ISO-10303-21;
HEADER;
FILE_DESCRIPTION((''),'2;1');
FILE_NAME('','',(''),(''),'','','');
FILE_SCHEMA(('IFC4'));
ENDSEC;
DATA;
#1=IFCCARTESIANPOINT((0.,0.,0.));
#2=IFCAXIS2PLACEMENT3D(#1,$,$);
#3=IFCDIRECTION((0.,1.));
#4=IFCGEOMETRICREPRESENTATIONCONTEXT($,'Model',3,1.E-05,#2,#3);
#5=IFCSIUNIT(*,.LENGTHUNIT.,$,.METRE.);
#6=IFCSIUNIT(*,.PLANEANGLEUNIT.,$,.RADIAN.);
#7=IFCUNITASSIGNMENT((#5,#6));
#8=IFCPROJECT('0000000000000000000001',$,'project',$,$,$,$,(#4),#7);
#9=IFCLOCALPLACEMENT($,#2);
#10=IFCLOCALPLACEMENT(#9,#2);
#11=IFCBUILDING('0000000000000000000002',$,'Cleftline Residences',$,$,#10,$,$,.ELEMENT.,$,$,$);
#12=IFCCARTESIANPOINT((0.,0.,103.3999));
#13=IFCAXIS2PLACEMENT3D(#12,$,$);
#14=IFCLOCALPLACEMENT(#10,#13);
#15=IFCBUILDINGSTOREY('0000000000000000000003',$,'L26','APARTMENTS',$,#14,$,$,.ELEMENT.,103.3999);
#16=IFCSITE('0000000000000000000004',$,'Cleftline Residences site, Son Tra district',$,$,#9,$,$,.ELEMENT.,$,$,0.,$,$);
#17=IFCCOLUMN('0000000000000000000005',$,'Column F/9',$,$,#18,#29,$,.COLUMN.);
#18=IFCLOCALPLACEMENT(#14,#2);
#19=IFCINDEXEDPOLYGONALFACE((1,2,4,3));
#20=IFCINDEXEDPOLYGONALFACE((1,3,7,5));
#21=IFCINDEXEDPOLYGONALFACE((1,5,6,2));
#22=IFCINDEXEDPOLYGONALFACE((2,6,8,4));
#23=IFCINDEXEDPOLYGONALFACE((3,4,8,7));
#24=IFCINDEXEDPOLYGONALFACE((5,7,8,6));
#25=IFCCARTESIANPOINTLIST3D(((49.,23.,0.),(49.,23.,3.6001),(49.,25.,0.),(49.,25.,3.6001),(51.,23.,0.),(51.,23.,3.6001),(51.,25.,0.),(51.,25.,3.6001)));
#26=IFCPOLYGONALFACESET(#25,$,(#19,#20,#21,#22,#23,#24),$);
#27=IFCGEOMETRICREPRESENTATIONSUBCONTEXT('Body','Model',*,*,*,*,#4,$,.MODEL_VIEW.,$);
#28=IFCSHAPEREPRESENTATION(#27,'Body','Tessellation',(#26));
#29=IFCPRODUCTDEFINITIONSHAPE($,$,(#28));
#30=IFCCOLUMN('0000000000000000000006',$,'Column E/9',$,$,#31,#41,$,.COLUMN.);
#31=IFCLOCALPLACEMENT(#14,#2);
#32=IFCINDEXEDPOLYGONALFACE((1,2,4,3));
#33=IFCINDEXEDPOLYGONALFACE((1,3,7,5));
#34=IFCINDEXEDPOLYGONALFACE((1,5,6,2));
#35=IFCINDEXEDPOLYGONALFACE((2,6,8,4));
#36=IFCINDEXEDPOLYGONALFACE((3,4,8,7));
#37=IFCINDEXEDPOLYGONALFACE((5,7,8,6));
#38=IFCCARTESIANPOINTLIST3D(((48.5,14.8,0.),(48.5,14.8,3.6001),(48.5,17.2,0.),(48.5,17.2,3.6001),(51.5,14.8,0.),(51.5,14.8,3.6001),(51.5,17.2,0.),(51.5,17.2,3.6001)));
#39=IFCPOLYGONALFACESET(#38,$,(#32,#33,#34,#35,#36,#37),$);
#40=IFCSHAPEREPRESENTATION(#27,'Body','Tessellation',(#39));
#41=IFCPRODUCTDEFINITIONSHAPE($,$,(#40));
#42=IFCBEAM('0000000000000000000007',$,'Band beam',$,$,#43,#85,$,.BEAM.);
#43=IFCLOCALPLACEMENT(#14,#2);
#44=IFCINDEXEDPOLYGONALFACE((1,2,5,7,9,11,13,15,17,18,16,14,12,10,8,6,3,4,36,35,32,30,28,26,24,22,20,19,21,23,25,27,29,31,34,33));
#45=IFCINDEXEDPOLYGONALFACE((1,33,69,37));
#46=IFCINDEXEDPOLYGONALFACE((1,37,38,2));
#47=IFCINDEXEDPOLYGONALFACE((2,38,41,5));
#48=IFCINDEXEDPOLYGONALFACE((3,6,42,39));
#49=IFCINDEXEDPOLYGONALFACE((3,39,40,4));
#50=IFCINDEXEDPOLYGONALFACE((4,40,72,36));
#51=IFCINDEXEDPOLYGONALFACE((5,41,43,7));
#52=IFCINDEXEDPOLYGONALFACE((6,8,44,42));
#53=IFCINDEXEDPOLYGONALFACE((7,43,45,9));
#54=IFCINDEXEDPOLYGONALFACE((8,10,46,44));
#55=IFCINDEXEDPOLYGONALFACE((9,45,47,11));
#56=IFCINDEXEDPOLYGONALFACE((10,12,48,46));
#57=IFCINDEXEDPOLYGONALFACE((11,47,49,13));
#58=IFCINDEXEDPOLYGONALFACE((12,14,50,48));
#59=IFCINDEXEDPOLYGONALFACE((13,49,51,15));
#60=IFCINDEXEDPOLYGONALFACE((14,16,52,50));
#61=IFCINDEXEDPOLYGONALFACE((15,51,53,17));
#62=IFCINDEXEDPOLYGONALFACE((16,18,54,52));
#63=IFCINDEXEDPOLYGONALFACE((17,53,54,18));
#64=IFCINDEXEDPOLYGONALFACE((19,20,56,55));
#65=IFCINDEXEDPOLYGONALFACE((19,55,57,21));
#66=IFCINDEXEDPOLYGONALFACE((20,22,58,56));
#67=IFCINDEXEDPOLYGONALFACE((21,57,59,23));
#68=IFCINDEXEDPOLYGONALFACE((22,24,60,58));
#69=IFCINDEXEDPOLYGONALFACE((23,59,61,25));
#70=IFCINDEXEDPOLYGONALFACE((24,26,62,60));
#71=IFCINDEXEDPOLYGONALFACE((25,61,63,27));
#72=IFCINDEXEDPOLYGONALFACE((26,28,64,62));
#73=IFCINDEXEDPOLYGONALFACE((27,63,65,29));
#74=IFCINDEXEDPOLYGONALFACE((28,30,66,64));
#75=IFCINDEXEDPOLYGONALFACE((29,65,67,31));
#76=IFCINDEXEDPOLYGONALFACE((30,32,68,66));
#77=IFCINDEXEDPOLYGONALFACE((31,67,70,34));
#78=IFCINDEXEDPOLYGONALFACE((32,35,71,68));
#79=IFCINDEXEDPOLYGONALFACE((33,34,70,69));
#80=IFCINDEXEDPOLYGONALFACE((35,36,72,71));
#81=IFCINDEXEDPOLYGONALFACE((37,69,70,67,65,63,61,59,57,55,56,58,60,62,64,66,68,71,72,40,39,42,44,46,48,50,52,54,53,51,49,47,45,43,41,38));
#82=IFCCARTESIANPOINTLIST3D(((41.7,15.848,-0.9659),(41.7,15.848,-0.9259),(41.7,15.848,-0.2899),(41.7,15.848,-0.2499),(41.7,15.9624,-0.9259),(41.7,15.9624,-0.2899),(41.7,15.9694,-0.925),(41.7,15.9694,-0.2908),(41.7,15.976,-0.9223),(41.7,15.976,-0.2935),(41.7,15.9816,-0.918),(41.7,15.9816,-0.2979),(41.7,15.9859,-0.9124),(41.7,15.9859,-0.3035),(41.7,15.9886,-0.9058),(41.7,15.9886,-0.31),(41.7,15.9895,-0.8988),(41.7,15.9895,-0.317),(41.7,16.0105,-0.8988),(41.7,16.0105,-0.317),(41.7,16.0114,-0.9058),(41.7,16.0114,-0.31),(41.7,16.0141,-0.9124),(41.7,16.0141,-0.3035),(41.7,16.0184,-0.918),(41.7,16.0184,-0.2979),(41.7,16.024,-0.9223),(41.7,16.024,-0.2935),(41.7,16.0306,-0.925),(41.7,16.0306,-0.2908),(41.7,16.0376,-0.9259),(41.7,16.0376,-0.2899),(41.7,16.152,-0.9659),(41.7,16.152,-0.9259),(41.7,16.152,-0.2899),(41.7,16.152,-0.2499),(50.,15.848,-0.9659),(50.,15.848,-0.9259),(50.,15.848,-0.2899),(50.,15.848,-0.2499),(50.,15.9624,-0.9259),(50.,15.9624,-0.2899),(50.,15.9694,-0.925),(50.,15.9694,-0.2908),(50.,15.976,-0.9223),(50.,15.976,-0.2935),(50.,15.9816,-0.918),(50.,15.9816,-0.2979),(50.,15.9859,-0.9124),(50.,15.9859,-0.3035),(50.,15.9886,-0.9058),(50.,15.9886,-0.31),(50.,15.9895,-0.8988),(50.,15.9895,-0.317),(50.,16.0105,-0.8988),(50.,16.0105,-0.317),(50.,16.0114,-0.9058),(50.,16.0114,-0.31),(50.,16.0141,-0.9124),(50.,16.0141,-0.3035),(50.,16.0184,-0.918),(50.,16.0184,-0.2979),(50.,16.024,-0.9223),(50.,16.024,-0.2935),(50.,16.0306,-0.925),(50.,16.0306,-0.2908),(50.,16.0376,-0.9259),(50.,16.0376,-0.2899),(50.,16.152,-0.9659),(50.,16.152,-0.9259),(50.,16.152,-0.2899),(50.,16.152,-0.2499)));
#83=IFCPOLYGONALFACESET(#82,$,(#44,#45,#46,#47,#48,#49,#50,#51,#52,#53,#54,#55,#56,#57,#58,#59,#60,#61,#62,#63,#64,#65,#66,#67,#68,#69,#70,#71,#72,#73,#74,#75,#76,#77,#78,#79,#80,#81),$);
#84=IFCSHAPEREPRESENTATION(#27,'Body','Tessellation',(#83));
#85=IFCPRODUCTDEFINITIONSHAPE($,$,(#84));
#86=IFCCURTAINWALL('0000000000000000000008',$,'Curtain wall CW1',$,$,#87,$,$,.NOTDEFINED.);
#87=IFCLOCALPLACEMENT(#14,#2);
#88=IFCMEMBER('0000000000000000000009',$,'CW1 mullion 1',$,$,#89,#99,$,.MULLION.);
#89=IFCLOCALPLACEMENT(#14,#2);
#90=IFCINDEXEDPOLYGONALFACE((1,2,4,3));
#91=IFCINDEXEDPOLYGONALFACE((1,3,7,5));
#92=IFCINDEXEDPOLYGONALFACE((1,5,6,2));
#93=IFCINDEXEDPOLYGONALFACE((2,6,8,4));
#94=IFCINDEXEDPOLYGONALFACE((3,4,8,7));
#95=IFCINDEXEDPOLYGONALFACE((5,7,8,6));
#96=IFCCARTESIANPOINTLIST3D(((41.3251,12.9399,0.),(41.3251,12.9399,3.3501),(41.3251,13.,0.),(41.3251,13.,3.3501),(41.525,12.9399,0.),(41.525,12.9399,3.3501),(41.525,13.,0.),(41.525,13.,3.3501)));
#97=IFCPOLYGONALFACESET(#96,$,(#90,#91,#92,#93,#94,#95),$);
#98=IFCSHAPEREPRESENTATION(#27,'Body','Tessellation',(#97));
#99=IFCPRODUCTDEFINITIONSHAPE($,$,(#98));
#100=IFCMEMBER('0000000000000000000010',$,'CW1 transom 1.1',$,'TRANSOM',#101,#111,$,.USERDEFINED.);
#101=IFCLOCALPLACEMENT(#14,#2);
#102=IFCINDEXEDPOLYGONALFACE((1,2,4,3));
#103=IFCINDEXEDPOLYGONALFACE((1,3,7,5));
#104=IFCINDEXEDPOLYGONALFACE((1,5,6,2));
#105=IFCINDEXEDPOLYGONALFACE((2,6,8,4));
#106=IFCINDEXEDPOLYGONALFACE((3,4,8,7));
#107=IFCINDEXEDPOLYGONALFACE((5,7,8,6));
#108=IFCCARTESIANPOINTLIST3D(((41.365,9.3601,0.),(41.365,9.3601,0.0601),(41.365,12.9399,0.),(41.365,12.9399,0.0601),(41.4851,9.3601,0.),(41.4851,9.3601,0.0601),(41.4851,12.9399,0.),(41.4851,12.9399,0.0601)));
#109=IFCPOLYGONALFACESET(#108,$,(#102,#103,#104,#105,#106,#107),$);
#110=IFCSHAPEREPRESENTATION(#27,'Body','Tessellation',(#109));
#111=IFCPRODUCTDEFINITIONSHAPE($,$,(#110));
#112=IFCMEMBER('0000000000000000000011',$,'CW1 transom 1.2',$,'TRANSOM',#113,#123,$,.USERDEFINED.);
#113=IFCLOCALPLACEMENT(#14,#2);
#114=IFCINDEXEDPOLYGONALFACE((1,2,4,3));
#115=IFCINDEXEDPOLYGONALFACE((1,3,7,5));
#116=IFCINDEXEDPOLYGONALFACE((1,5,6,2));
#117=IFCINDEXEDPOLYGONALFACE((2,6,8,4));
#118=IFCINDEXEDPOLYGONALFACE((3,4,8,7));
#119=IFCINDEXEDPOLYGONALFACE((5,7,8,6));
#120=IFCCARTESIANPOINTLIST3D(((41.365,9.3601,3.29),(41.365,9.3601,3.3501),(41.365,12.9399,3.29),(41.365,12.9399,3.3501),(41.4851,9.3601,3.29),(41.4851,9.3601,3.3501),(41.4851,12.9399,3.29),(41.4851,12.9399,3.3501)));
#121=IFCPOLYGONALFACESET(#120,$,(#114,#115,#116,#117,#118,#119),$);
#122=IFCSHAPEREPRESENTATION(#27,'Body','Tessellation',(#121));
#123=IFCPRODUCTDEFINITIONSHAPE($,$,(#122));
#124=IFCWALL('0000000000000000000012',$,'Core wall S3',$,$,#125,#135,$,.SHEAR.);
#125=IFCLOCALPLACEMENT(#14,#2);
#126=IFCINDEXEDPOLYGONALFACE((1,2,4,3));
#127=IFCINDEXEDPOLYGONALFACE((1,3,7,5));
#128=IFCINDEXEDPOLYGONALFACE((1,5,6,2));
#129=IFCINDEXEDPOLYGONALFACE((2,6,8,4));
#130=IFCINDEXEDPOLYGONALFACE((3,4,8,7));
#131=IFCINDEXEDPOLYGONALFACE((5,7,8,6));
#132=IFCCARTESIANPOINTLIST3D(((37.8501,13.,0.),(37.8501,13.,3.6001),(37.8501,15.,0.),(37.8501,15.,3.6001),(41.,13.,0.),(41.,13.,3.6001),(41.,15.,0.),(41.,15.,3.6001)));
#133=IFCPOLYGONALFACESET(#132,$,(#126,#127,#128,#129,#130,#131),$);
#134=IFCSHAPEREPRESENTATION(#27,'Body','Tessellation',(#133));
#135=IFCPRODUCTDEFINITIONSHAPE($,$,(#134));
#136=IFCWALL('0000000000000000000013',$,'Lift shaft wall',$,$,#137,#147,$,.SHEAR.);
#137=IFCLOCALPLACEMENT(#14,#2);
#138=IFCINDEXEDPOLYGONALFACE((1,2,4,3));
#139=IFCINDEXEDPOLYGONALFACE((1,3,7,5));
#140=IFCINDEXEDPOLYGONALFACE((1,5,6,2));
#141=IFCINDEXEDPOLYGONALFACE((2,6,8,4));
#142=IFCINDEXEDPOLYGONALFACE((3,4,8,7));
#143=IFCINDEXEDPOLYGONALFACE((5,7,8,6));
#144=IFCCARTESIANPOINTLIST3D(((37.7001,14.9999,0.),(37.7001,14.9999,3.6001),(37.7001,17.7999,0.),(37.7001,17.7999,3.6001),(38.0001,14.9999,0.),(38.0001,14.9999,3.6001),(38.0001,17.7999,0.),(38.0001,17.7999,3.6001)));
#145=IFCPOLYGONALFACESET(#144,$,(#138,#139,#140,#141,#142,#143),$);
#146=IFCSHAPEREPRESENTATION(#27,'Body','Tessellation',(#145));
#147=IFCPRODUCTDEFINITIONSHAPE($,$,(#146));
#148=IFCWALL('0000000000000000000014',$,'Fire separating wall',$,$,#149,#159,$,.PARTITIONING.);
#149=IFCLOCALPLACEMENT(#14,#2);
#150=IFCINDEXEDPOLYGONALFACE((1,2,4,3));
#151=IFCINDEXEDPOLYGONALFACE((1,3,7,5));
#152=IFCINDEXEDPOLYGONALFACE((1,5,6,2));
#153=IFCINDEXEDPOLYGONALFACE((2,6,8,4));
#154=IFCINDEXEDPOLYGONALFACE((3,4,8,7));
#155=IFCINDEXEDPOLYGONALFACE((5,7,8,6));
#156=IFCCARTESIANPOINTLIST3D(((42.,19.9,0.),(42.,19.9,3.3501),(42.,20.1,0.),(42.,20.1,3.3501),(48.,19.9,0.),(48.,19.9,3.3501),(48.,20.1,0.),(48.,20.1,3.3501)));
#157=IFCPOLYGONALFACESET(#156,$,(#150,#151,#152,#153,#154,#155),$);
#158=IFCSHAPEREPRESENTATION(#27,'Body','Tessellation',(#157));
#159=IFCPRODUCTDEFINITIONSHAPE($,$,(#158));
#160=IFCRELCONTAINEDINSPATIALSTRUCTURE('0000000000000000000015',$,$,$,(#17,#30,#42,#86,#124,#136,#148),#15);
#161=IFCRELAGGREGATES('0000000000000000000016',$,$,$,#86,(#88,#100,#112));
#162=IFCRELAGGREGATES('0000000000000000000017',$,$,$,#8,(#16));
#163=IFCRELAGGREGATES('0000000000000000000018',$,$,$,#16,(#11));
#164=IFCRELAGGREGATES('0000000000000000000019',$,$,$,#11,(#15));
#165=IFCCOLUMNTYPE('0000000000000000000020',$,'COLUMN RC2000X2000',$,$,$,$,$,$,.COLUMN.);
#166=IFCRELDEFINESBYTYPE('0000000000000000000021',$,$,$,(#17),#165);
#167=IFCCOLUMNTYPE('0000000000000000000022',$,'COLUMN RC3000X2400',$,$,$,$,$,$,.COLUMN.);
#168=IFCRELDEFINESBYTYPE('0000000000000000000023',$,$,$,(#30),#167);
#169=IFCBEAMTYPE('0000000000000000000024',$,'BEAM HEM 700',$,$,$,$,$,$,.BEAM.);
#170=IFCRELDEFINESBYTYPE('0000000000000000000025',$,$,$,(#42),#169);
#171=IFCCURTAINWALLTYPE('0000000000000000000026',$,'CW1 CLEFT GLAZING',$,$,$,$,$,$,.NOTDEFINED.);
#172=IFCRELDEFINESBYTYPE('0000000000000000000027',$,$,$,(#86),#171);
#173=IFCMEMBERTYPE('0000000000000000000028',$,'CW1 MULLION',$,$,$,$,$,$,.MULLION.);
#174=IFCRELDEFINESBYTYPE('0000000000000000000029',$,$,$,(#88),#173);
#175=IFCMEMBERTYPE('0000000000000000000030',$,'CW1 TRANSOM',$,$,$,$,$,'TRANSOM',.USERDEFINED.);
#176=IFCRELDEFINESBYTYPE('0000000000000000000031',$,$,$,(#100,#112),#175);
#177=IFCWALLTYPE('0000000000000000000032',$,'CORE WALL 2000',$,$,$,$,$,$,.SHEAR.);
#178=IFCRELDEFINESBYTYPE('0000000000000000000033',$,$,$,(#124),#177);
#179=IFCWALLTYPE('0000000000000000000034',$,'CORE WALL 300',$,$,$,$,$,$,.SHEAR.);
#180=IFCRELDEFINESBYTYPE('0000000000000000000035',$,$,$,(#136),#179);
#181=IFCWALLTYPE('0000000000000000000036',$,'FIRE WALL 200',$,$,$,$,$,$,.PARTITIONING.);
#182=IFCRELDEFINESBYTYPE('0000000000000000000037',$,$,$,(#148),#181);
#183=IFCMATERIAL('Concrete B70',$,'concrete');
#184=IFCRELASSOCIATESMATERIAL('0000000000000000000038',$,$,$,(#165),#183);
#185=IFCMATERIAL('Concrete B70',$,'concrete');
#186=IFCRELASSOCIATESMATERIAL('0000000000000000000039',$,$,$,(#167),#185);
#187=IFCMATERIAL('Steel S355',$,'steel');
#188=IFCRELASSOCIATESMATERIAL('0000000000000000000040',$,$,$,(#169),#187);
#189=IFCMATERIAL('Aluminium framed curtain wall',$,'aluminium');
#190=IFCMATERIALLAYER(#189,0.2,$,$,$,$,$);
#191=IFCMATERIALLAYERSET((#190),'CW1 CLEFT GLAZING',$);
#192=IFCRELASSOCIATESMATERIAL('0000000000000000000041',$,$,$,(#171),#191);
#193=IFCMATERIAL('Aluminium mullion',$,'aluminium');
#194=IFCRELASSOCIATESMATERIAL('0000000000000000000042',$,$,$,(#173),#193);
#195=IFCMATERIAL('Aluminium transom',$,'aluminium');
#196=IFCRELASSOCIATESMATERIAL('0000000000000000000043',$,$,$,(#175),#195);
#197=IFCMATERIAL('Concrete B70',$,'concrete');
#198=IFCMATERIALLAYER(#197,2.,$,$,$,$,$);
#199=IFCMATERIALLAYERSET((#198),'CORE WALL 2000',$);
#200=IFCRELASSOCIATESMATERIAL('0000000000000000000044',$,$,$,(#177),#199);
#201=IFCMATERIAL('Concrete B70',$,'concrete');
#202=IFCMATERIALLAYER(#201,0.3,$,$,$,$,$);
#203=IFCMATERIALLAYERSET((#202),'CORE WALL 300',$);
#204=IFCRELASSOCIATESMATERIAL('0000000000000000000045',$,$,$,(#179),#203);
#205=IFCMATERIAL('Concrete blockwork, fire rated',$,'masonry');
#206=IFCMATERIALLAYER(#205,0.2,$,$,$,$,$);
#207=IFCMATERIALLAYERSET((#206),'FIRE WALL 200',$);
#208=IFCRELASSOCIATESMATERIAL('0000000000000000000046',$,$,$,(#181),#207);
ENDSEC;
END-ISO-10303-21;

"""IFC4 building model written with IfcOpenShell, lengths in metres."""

from ifc_helpers import new_model, si_unit, direction, frame, frame_2d, origin, origin_2d, place, context, subcontext, project, spatial, rectangle, i_section, extrude, material, layer, layer_set, material_profile, profile_set, type_object, element, aggregate, save


model = new_model("IFC4")

# Units and contexts
model_context = context("Model", 3, precision=1e-05, world=origin(), true_north=direction((0.0, 1.0)))
body_context = subcontext(model_context, "Body", "Model", "MODEL_VIEW")
ifc_project = project(units=[si_unit("LENGTHUNIT", "METRE"), si_unit("PLANEANGLEUNIT", "RADIAN")], contexts=[model_context])

# Site, building, storey
site_placement = place(None, origin())
site = spatial("IfcSite", under=ifc_project, at=site_placement, Name="Cleftline Residences site, Son Tra district", CompositionType="ELEMENT", RefElevation=0.0)
building_placement = place(site_placement, origin())
building = spatial("IfcBuilding", under=site, at=building_placement, Name="Cleftline Residences", CompositionType="ELEMENT")
storey_placement = place(building_placement, frame((0.0, 0.0, 103.3999)))
storey = spatial("IfcBuildingStorey", under=building, at=storey_placement, Name="L26", Description="APARTMENTS", CompositionType="ELEMENT", Elevation=103.3999)

# Columns
ifc_material_1 = material(Name="Concrete B70", Category="concrete")
ifc_material_profile_1 = material_profile(ifc_material_1, rectangle(XDim=2.0, YDim=2.0, at=origin_2d()))
ifc_profile_set_1 = profile_set([ifc_material_profile_1], Name="Concrete B70")
column_type_1 = type_object("IfcColumnType", Name="COLUMN RC2000X2000", PredefinedType="COLUMN", material=ifc_profile_set_1)
column_1_placement = place(storey_placement, frame((50.0, 24.0, 0.0), z_axis=(0.0, 0.0, 1.0), x_axis=(1.0, 0.0, 0.0)))
element("IfcColumn", 1, at=column_1_placement, inside=storey, type_object=column_type_1, Name="Column F/9", PredefinedType="COLUMN", context=body_context, shape_type="SweptSolid", body=[
    extrude(rectangle(XDim=2.0, YDim=2.0, at=origin_2d()), origin(), (0.0, 0.0, 1.0), 3.6001),
])
ifc_material_2 = material(Name="Concrete B70", Category="concrete")
ifc_material_profile_2 = material_profile(ifc_material_2, rectangle(XDim=3.0, YDim=2.3999, at=origin_2d()))
ifc_profile_set_2 = profile_set([ifc_material_profile_2], Name="Concrete B70")
column_type_2 = type_object("IfcColumnType", Name="COLUMN RC3000X2400", PredefinedType="COLUMN", material=ifc_profile_set_2)
column_2_placement = place(storey_placement, frame((50.0, 16.0, 0.0), z_axis=(0.0, 0.0, 1.0), x_axis=(1.0, 0.0, 0.0)))
element("IfcColumn", 2, at=column_2_placement, inside=storey, type_object=column_type_2, Name="Column E/9", PredefinedType="COLUMN", context=body_context, shape_type="SweptSolid", body=[
    extrude(rectangle(XDim=3.0, YDim=2.3999, at=origin_2d()), origin(), (0.0, 0.0, 1.0), 3.6001),
])

# Beam
ifc_material_3 = material(Name="Steel S355", Category="steel")
ifc_material_profile_3 = material_profile(ifc_material_3, i_section(OverallWidth=0.304, OverallDepth=0.7161, WebThickness=0.021, FlangeThickness=0.04, FilletRadius=0.0271, at=origin_2d()))
ifc_profile_set_3 = profile_set([ifc_material_profile_3], Name="Steel S355")
beam_type = type_object("IfcBeamType", Name="BEAM HEM 700", PredefinedType="BEAM", material=ifc_profile_set_3)
beam_placement = place(storey_placement, frame((50.0, 16.0, -0.6079), z_axis=(-1.0, 0.0, 0.0), x_axis=(0.0, -1.0, 0.0)))
element("IfcBeam", 3, at=beam_placement, inside=storey, type_object=beam_type, Name="Band beam", PredefinedType="BEAM", context=body_context, shape_type="SweptSolid", body=[
    extrude(i_section(OverallWidth=0.304, OverallDepth=0.7161, WebThickness=0.021, FlangeThickness=0.04, FilletRadius=0.0271, at=origin_2d()), origin(), (0.0, 0.0, 1.0), 8.3),
])

# Curtain wall, members
ifc_material_4 = material(Name="Aluminium framed curtain wall", Category="aluminium")
ifc_layer_1 = layer(ifc_material_4, 0.2)
ifc_layer_set_1 = layer_set([ifc_layer_1], Name="CW1 CLEFT GLAZING")
curtain_wall_type = type_object("IfcCurtainWallType", Name="CW1 CLEFT GLAZING", PredefinedType="NOTDEFINED", material=ifc_layer_set_1)
curtain_wall_placement = place(storey_placement, origin())
curtain_wall = element("IfcCurtainWall", 4, at=curtain_wall_placement, inside=storey, type_object=curtain_wall_type, Name="Curtain wall CW1", PredefinedType="NOTDEFINED")
ifc_material_5 = material(Name="Aluminium mullion", Category="aluminium")
ifc_material_profile_4 = material_profile(ifc_material_5, rectangle(XDim=0.2, YDim=0.0601, at=origin_2d()))
ifc_profile_set_4 = profile_set([ifc_material_profile_4], Name="Aluminium mullion")
member_type_1 = type_object("IfcMemberType", Name="CW1 MULLION", PredefinedType="MULLION", material=ifc_profile_set_4)
member_1_placement = place(storey_placement, frame((41.425, 12.97, 0.0), z_axis=(0.0, 0.0, 1.0), x_axis=(1.0, 0.0, 0.0)))
member_1 = element("IfcMember", 5, at=member_1_placement, type_object=member_type_1, Name="CW1 mullion 1", PredefinedType="MULLION", context=body_context, shape_type="SweptSolid", body=[
    extrude(rectangle(XDim=0.2, YDim=0.0601, at=origin_2d()), origin(), (0.0, 0.0, 1.0), 3.3501),
])
ifc_material_6 = material(Name="Aluminium transom", Category="aluminium")
ifc_material_profile_5 = material_profile(ifc_material_6, rectangle(XDim=0.1201, YDim=0.0601, at=origin_2d()))
ifc_profile_set_5 = profile_set([ifc_material_profile_5], Name="Aluminium transom")
member_type_2 = type_object("IfcMemberType", Name="CW1 TRANSOM", ElementType="TRANSOM", PredefinedType="USERDEFINED", material=ifc_profile_set_5)
member_2_placement = place(storey_placement, frame((41.425, 12.9399, 0.03), z_axis=(0.0, -1.0, 0.0), x_axis=(1.0, 0.0, 0.0)))
member_2 = element("IfcMember", 6, at=member_2_placement, type_object=member_type_2, Name="CW1 transom 1.1", ObjectType="TRANSOM", PredefinedType="USERDEFINED", context=body_context, shape_type="SweptSolid", body=[
    extrude(rectangle(XDim=0.1201, YDim=0.0601, at=origin_2d()), origin(), (0.0, 0.0, 1.0), 3.5798),
])
member_3_placement = place(storey_placement, frame((41.425, 12.9399, 3.3201), z_axis=(0.0, -1.0, 0.0), x_axis=(1.0, 0.0, 0.0)))
member_3 = element("IfcMember", 7, at=member_3_placement, type_object=member_type_2, Name="CW1 transom 1.2", ObjectType="TRANSOM", PredefinedType="USERDEFINED", context=body_context, shape_type="SweptSolid", body=[
    extrude(rectangle(XDim=0.1201, YDim=0.0601, at=origin_2d()), origin(), (0.0, 0.0, 1.0), 3.5798),
])
aggregate(curtain_wall, [member_1, member_2, member_3])

# Walls
ifc_material_7 = material(Name="Concrete B70", Category="concrete")
ifc_layer_2 = layer(ifc_material_7, 2.0)
ifc_layer_set_2 = layer_set([ifc_layer_2], Name="CORE WALL 2000")
wall_type_1 = type_object("IfcWallType", Name="CORE WALL 2000", PredefinedType="SHEAR", material=ifc_layer_set_2)
wall_1_placement = place(storey_placement, frame((37.8501, 14.0, 0.0), z_axis=(0.0, 0.0, 1.0), x_axis=(1.0, 0.0, 0.0)))
element("IfcWall", 8, at=wall_1_placement, inside=storey, type_object=wall_type_1, Name="Core wall S3", PredefinedType="SHEAR", context=body_context, shape_type="SweptSolid", body=[
    extrude(rectangle(XDim=3.1499, YDim=2.0, at=frame_2d((1.575, 0.0))), origin(), (0.0, 0.0, 1.0), 3.6001),
])
ifc_material_8 = material(Name="Concrete B70", Category="concrete")
ifc_layer_3 = layer(ifc_material_8, 0.3)
ifc_layer_set_3 = layer_set([ifc_layer_3], Name="CORE WALL 300")
wall_type_2 = type_object("IfcWallType", Name="CORE WALL 300", PredefinedType="SHEAR", material=ifc_layer_set_3)
wall_2_placement = place(storey_placement, frame((37.8501, 15.0, 0.0), z_axis=(0.0, 0.0, 1.0), x_axis=(0.0, 1.0, 0.0)))
element("IfcWall", 9, at=wall_2_placement, inside=storey, type_object=wall_type_2, Name="Lift shaft wall", PredefinedType="SHEAR", context=body_context, shape_type="SweptSolid", body=[
    extrude(rectangle(XDim=2.8, YDim=0.3, at=frame_2d((1.3999, 0.0))), origin(), (0.0, 0.0, 1.0), 3.6001),
])
ifc_material_9 = material(Name="Concrete blockwork, fire rated", Category="masonry")
ifc_layer_4 = layer(ifc_material_9, 0.2)
ifc_layer_set_4 = layer_set([ifc_layer_4], Name="FIRE WALL 200")
wall_type_3 = type_object("IfcWallType", Name="FIRE WALL 200", PredefinedType="PARTITIONING", material=ifc_layer_set_4)
wall_3_placement = place(storey_placement, frame((42.0, 20.0, 0.0), z_axis=(0.0, 0.0, 1.0), x_axis=(1.0, 0.0, 0.0)))
element("IfcWall", 10, at=wall_3_placement, inside=storey, type_object=wall_type_3, Name="Fire separating wall", PredefinedType="PARTITIONING", context=body_context, shape_type="SweptSolid", body=[
    extrude(rectangle(XDim=6.0, YDim=0.2, at=frame_2d((3.0, 0.0))), origin(), (0.0, 0.0, 1.0), 3.3501),
])

save(model, "model.ifc")
